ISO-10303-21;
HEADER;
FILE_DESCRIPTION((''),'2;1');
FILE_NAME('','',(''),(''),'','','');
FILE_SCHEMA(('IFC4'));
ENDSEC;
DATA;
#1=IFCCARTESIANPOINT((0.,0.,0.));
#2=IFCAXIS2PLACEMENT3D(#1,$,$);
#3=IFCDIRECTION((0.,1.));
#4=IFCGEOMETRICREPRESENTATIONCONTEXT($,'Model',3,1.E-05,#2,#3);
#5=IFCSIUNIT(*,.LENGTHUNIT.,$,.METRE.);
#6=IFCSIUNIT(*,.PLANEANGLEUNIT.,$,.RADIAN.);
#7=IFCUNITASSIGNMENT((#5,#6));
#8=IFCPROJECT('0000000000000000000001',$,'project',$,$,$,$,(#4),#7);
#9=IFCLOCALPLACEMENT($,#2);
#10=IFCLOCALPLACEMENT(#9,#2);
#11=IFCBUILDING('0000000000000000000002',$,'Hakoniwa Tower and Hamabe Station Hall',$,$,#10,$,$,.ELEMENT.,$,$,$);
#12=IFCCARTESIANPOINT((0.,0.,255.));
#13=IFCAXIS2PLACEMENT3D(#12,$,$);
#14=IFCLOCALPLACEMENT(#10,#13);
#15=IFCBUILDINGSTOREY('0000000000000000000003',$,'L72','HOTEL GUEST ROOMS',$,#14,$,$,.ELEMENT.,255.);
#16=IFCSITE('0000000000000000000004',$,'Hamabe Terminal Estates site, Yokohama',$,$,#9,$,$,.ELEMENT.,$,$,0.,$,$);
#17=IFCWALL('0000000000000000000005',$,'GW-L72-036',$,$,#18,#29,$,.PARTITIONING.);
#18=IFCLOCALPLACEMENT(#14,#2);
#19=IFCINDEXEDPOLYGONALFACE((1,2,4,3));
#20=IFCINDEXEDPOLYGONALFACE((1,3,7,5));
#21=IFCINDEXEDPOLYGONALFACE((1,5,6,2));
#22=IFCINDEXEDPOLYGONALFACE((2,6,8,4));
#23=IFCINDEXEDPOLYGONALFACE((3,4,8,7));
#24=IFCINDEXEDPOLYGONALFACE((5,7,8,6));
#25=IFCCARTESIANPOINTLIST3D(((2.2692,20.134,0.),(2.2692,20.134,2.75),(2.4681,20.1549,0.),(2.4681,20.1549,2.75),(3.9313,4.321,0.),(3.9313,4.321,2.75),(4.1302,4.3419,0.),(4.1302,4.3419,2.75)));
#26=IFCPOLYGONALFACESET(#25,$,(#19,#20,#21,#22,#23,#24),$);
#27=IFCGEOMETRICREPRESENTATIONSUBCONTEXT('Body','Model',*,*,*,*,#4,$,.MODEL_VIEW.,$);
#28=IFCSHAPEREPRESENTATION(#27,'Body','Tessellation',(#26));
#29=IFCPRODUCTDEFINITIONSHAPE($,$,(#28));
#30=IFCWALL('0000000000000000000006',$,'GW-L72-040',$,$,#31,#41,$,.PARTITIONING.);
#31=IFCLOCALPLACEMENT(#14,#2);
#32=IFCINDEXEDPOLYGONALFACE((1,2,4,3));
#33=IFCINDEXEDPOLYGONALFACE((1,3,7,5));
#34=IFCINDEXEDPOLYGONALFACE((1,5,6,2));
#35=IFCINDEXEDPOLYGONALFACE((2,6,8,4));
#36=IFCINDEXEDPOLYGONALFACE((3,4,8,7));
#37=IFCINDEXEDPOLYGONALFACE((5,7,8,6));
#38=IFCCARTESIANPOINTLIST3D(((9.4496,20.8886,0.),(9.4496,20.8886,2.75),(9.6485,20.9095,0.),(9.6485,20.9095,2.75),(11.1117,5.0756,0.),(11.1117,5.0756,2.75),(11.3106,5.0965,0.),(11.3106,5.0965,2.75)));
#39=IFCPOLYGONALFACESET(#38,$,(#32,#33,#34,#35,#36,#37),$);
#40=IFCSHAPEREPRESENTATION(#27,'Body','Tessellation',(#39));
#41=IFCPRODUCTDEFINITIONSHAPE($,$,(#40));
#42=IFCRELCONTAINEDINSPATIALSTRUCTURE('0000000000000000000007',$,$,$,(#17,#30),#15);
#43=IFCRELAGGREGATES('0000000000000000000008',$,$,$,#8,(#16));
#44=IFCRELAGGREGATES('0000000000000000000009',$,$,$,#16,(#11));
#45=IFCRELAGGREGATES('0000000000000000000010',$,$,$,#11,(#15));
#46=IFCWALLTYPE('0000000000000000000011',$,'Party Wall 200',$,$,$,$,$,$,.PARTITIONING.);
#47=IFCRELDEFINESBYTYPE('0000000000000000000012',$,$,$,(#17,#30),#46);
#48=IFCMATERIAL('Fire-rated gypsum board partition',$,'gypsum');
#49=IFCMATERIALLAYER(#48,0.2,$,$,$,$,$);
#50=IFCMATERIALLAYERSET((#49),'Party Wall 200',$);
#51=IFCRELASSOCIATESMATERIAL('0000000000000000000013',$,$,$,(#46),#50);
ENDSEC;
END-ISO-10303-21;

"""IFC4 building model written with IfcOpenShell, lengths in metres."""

from ifc_helpers import new_model, si_unit, direction, frame, frame_2d, origin, place, context, subcontext, project, spatial, rectangle, extrude, material, layer, layer_set, type_object, element, save


model = new_model("IFC4")

# Units and contexts
model_context = context("Model", 3, precision=1e-05, world=origin(), true_north=direction((0.0, 1.0)))
body_context = subcontext(model_context, "Body", "Model", "MODEL_VIEW")
ifc_project = project(units=[si_unit("LENGTHUNIT", "METRE"), si_unit("PLANEANGLEUNIT", "RADIAN")], contexts=[model_context])

# Site, building, storey
site_placement = place(None, origin())
site = spatial("IfcSite", under=ifc_project, at=site_placement, Name="Hamabe Terminal Estates site, Yokohama", CompositionType="ELEMENT", RefElevation=0.0)
building_placement = place(site_placement, origin())
building = spatial("IfcBuilding", under=site, at=building_placement, Name="Hakoniwa Tower and Hamabe Station Hall", CompositionType="ELEMENT")
storey_placement = place(building_placement, frame((0.0, 0.0, 255.0)))
storey = spatial("IfcBuildingStorey", under=building, at=storey_placement, Name="L72", Description="HOTEL GUEST ROOMS", CompositionType="ELEMENT", Elevation=255.0)

# Walls
ifc_material_1 = material(Name="Fire-rated gypsum board partition", Category="gypsum")
ifc_layer_1 = layer(ifc_material_1, 0.2)
ifc_layer_set_1 = layer_set([ifc_layer_1], Name="Party Wall 200")
wall_type_1 = type_object("IfcWallType", Name="Party Wall 200", PredefinedType="PARTITIONING", material=ifc_layer_set_1)
for number, where, z_axis, x_axis, name in (
    (1, (4.0308, 4.3313, 0.0), (0.0, 0.0, 1.0), (-0.104535, 0.994521, 0.0), "GW-L72-036"),
    (2, (11.2112, 5.0859, 0.0), (0.0, 0.0, 1.0), (-0.104535, 0.994521, 0.0), "GW-L72-040"),
):
    element("IfcWall", number, at=place(storey_placement, frame(where, z_axis=z_axis, x_axis=x_axis)), inside=storey, type_object=wall_type_1, Name=name, PredefinedType="PARTITIONING", context=body_context, shape_type="SweptSolid", body=[
        extrude(rectangle(XDim=15.9001, YDim=0.2, at=frame_2d((7.9502, 0.0))), origin(), (0.0, 0.0, 1.0), 2.75),
    ])

save(model, "model.ifc")
